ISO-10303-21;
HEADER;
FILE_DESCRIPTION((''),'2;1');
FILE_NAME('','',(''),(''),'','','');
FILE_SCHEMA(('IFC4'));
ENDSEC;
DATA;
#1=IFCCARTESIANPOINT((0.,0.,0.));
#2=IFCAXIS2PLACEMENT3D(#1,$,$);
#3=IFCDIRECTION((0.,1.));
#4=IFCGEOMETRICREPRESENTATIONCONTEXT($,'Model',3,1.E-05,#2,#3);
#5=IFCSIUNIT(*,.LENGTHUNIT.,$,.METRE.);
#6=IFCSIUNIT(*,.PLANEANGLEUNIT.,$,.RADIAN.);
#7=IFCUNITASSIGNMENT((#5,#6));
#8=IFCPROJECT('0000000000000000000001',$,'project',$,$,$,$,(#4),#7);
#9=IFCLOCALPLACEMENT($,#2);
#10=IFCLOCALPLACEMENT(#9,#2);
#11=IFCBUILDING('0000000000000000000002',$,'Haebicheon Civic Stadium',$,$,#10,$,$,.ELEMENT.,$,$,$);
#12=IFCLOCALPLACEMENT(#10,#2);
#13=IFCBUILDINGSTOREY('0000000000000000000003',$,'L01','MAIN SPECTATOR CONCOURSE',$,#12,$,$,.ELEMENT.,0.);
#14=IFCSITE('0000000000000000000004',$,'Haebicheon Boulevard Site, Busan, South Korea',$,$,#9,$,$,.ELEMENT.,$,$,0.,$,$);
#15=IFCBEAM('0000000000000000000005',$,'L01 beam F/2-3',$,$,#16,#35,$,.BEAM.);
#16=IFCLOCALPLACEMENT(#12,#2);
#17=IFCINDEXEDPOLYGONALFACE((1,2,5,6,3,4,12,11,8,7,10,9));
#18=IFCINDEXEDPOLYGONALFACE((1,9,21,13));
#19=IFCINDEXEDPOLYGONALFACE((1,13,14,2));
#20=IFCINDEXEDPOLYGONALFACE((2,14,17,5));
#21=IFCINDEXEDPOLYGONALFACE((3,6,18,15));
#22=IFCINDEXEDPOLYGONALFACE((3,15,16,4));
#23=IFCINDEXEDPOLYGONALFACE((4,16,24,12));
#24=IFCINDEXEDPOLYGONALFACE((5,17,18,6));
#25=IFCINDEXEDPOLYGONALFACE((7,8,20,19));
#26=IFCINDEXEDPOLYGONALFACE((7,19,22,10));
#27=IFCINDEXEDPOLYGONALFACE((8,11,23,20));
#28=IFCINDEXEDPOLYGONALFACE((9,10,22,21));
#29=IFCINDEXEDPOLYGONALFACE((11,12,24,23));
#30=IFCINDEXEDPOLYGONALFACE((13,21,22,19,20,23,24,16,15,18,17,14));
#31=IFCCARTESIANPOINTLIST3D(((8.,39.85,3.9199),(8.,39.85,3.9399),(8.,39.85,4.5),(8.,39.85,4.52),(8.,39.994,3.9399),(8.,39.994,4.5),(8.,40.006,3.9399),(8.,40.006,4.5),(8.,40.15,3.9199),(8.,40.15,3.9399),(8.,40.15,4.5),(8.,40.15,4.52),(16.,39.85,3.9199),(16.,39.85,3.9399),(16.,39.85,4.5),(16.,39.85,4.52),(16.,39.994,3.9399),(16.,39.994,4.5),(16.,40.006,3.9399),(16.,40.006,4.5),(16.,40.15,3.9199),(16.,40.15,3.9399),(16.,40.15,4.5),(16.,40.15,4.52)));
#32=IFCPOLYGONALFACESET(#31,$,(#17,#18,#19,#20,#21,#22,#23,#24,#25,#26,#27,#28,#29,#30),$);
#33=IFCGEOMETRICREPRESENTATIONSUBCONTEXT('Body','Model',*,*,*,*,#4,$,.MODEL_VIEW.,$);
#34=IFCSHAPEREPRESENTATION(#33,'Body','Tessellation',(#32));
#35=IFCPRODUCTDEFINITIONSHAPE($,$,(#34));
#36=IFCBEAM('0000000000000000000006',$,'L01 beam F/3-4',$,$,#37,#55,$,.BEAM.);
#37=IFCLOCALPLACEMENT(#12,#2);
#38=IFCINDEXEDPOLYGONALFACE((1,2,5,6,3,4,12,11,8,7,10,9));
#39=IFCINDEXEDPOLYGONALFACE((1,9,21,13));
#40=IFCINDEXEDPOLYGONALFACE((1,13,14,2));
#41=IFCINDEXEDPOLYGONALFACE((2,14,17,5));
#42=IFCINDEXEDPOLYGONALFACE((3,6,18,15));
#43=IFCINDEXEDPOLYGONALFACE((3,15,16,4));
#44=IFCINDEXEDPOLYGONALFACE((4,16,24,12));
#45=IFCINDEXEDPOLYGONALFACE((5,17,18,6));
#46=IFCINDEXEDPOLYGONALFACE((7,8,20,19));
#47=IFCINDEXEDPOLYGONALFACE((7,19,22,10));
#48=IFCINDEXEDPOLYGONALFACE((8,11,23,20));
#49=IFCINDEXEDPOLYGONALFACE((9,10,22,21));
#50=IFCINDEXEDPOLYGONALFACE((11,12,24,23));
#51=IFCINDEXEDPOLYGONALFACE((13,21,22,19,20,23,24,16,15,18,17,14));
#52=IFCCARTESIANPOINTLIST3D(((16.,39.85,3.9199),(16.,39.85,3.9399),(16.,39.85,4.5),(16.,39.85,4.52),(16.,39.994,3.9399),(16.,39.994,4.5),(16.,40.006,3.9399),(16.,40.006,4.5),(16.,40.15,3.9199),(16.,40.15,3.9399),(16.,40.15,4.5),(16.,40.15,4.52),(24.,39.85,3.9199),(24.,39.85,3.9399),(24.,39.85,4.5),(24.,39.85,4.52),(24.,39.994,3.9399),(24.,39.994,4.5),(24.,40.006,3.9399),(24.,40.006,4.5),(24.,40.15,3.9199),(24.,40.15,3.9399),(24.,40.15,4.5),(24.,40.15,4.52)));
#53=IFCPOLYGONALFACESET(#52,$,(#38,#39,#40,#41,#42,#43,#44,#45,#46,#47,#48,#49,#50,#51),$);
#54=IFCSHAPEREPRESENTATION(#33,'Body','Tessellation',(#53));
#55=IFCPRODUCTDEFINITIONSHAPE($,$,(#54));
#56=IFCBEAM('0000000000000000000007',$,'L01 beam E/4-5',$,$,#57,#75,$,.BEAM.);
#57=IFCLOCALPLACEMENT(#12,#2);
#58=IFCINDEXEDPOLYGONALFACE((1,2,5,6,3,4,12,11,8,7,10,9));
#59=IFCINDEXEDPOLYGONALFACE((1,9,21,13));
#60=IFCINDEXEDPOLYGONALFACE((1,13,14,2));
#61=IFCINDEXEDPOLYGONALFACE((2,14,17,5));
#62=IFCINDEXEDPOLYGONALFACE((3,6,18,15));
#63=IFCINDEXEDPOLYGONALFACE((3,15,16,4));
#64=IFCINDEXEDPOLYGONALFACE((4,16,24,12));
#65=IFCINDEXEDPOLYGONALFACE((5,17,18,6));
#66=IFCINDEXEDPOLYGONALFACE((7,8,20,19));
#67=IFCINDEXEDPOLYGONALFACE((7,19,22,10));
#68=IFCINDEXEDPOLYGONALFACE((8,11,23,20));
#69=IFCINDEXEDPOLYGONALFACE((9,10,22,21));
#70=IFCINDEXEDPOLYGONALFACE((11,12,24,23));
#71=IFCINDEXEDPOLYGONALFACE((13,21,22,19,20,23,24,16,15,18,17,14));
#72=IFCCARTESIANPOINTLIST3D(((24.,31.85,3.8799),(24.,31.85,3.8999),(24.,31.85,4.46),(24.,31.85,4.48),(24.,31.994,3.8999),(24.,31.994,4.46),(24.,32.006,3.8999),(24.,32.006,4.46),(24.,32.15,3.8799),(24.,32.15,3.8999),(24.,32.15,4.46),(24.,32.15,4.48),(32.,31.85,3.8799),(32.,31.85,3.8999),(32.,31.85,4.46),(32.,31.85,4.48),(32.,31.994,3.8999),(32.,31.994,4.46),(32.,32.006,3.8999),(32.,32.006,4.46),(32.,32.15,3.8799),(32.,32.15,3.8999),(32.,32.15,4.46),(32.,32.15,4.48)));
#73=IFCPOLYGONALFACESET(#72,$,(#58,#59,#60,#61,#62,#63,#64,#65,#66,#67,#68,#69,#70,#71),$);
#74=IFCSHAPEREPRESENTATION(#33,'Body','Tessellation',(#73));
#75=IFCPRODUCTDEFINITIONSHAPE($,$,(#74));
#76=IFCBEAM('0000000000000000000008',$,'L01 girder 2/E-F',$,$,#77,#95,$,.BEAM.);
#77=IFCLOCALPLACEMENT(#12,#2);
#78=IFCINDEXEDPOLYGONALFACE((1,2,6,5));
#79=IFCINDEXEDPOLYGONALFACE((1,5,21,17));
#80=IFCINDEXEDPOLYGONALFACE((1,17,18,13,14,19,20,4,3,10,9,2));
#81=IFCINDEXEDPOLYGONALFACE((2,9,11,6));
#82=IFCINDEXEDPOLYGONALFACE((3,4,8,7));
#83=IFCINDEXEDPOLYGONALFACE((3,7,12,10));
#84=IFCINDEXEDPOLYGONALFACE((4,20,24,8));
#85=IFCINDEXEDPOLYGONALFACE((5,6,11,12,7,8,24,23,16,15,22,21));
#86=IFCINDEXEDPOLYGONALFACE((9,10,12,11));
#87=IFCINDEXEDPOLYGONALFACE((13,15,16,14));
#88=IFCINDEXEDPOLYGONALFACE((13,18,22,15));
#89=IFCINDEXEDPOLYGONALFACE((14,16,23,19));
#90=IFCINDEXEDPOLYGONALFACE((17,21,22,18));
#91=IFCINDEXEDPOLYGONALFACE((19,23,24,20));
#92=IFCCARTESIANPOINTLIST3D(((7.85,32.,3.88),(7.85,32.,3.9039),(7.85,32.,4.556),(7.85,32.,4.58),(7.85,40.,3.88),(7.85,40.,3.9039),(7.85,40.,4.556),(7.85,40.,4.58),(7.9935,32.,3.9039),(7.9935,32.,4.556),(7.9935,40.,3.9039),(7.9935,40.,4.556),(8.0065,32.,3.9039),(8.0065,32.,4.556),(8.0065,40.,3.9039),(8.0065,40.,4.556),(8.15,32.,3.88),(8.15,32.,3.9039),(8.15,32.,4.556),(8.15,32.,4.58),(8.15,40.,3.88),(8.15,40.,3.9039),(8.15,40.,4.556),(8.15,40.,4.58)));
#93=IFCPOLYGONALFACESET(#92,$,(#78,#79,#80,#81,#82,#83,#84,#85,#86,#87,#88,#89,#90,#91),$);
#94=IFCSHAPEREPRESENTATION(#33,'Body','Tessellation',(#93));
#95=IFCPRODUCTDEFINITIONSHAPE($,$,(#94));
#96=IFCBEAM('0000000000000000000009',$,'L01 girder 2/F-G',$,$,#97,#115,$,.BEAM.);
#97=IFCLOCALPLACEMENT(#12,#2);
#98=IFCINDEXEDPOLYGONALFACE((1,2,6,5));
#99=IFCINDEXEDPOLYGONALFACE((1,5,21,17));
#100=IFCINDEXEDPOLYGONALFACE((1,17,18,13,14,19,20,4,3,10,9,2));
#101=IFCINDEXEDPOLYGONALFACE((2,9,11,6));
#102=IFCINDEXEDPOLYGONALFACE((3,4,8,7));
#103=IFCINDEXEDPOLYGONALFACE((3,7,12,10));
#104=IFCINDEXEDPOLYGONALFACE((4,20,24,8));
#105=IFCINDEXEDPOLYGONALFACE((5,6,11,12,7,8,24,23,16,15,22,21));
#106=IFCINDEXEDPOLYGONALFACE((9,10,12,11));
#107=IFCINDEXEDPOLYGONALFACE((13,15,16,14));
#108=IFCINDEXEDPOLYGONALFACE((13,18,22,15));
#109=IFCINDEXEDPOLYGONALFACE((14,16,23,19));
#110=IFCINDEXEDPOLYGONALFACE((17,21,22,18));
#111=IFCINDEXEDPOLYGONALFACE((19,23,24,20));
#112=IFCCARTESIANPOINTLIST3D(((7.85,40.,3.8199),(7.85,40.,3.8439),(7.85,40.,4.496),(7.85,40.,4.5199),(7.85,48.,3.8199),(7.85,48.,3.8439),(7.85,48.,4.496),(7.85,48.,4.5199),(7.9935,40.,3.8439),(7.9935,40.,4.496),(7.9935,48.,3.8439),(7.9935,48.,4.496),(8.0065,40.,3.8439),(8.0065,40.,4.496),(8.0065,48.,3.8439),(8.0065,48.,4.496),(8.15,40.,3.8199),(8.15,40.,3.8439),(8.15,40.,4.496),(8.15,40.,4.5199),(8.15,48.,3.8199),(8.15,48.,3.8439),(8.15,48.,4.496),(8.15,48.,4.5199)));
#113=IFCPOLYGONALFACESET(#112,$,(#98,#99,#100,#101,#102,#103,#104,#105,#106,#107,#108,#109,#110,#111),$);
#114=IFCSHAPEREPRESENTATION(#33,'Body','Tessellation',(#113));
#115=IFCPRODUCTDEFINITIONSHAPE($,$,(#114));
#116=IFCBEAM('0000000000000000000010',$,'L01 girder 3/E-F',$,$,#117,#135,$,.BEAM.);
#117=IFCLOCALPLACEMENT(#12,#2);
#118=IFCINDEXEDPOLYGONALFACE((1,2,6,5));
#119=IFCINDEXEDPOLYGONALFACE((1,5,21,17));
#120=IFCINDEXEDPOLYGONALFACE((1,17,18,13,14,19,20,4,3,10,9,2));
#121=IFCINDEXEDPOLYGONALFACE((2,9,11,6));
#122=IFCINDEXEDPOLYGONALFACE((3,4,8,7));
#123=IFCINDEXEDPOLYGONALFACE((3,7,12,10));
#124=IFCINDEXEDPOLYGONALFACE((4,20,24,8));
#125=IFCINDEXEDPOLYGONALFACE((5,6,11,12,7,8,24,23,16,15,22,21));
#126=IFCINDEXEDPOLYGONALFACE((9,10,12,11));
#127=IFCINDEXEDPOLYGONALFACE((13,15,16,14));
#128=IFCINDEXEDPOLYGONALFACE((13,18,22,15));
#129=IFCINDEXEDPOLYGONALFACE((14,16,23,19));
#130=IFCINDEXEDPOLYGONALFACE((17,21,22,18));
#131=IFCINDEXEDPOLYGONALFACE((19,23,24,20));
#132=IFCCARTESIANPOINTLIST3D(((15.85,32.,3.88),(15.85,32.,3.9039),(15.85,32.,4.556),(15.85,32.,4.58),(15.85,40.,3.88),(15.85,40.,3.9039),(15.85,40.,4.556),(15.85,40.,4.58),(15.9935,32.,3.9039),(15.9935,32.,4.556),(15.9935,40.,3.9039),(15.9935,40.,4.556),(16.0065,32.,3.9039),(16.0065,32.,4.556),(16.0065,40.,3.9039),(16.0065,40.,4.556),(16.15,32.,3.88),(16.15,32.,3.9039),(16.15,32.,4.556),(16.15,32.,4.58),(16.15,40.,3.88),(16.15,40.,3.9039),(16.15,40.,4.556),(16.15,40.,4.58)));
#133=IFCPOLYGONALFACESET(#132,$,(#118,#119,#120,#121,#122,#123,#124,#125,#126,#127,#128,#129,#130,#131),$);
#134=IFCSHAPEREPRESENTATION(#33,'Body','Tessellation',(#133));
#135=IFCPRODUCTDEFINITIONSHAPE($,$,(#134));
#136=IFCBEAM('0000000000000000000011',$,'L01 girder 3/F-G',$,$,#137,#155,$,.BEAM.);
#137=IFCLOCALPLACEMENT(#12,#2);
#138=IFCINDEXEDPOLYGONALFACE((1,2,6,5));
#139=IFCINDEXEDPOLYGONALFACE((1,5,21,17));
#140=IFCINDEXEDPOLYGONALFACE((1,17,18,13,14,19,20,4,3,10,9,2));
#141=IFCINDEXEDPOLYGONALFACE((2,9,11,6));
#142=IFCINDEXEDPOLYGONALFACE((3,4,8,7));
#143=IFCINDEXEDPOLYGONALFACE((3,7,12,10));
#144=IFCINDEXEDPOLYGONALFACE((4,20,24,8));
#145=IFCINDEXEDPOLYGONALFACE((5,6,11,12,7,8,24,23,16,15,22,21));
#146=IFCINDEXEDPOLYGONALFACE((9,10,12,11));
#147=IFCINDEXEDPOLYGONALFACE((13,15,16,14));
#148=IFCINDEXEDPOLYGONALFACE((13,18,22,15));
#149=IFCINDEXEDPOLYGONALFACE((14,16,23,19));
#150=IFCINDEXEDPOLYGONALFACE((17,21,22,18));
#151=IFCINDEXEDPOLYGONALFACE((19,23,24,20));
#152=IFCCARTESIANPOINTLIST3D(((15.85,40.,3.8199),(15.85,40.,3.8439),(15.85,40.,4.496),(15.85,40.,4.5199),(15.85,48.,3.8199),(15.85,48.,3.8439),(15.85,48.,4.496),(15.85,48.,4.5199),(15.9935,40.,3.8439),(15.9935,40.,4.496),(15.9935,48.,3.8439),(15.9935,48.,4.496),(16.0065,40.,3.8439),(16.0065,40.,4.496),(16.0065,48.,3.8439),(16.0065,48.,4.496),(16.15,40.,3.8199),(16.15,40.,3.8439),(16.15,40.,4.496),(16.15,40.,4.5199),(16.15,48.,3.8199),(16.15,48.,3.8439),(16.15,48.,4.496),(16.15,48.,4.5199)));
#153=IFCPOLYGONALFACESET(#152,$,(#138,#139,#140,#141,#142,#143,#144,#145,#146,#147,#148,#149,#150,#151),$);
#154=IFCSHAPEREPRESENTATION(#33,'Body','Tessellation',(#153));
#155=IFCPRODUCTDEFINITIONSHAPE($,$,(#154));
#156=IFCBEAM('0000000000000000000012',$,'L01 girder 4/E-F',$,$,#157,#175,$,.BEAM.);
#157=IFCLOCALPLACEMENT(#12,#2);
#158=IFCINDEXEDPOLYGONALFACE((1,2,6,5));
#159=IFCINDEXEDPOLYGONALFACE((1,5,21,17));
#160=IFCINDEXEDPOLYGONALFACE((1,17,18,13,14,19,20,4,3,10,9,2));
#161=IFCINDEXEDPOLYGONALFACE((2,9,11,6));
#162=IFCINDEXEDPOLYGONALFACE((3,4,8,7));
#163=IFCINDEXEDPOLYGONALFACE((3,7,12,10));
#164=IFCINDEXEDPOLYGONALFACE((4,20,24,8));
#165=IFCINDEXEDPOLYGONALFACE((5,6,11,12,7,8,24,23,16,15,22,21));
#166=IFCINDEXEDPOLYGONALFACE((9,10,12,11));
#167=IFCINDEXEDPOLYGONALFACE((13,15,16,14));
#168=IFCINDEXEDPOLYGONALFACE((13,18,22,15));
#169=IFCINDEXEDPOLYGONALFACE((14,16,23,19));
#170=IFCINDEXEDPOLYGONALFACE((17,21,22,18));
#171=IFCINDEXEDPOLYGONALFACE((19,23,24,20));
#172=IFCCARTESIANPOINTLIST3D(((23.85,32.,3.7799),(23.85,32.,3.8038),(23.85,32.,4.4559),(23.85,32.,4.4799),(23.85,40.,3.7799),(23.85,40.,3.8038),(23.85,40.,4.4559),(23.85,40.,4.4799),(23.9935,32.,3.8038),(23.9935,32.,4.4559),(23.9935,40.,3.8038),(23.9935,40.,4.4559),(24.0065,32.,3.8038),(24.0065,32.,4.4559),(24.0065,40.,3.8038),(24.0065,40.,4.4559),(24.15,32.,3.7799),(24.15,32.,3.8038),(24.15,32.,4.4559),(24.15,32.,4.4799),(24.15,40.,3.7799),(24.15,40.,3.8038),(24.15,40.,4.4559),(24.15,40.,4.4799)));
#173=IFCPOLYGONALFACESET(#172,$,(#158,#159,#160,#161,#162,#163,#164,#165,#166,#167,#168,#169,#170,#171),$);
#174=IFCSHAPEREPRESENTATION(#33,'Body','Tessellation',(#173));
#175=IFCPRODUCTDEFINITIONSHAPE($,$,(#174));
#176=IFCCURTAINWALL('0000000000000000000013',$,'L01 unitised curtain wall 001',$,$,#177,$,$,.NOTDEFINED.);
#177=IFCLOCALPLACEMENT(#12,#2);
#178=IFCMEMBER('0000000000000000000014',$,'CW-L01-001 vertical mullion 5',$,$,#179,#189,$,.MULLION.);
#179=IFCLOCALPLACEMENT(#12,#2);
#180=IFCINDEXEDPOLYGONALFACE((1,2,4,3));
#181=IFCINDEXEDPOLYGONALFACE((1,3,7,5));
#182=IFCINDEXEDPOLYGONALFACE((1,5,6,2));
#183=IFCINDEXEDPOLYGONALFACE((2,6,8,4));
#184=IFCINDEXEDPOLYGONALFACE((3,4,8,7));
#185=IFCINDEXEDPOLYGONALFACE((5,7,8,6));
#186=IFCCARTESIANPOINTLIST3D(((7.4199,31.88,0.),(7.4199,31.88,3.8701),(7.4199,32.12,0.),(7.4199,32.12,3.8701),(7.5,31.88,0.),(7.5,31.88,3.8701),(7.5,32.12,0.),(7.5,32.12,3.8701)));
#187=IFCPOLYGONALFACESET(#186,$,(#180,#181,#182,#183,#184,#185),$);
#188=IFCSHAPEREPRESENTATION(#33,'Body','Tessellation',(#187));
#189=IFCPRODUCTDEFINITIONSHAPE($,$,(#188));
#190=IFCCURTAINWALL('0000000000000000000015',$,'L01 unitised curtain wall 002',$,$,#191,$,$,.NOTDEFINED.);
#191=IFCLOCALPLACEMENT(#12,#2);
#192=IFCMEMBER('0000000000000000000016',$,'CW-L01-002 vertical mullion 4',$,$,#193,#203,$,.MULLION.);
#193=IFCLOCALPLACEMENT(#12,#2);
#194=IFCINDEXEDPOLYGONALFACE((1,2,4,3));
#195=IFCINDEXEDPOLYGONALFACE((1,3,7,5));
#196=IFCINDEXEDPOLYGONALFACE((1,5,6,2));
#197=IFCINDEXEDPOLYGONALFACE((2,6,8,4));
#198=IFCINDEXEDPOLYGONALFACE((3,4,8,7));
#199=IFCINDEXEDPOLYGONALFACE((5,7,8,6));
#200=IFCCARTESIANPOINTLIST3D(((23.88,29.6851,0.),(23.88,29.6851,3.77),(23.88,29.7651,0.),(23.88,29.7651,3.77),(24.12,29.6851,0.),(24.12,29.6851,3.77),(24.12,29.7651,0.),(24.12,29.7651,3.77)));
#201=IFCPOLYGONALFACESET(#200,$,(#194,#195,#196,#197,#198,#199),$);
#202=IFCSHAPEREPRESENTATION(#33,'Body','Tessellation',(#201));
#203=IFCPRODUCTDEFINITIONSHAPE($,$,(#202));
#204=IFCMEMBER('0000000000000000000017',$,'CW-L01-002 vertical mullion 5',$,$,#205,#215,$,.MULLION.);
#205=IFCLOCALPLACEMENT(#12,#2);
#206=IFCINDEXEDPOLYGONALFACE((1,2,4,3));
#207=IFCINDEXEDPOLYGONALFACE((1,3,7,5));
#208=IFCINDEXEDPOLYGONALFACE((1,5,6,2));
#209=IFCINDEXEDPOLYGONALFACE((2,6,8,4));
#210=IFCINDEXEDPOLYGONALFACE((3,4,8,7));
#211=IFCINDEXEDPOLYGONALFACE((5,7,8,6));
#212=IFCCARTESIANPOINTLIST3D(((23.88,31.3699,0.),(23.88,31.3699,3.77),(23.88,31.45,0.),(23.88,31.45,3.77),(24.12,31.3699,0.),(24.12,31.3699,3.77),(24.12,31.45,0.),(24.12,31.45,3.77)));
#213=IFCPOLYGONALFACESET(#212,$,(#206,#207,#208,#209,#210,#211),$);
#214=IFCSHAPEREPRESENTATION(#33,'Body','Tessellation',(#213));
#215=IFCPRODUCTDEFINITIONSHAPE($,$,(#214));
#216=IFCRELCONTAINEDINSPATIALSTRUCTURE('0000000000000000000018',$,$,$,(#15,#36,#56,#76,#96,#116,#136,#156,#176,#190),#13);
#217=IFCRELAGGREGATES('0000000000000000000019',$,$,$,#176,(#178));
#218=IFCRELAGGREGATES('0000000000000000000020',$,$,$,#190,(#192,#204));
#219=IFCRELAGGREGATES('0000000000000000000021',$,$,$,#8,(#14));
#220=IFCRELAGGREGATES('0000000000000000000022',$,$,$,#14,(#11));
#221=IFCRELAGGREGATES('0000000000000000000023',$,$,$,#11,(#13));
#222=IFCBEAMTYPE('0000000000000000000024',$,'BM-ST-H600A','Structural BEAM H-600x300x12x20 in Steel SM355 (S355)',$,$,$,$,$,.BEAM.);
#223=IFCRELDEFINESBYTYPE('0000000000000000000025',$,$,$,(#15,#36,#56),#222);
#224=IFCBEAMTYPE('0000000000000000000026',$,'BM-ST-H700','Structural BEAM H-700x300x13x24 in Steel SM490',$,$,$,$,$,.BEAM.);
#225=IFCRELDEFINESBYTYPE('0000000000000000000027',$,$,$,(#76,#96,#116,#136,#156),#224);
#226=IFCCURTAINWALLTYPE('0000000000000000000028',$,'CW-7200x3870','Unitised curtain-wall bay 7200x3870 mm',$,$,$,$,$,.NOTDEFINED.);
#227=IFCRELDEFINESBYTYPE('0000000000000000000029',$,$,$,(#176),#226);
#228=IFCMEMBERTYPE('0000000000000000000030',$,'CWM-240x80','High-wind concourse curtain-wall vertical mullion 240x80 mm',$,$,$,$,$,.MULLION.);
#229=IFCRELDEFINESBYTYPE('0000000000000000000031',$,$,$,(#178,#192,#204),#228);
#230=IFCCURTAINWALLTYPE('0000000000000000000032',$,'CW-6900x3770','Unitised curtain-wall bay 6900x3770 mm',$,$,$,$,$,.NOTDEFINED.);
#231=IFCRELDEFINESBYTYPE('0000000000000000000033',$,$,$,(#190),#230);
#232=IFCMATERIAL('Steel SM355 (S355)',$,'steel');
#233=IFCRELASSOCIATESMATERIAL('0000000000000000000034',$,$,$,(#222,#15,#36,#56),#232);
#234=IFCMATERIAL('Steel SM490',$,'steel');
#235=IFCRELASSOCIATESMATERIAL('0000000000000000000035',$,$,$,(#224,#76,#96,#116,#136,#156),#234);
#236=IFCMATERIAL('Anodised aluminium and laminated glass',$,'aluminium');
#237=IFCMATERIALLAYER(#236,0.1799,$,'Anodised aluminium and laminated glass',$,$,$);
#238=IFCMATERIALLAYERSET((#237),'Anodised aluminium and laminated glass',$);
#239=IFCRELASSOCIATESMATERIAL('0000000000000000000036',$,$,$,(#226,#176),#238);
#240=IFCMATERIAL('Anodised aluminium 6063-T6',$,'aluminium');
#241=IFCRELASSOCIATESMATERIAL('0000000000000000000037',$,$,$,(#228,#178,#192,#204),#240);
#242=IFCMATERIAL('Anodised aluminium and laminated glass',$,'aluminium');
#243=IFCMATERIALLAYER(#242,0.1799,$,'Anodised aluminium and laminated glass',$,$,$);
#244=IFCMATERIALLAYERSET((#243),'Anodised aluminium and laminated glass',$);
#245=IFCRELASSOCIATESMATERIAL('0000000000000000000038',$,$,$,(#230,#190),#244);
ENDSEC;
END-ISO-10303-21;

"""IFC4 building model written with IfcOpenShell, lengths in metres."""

from ifc_helpers import new_model, si_unit, direction, frame, origin, origin_2d, place, context, subcontext, project, spatial, rectangle, i_section, extrude, material, layer, layer_set, material_profile, profile_set, type_object, element, aggregate, save


model = new_model("IFC4")

# Units and contexts
model_context = context("Model", 3, precision=1e-05, world=origin(), true_north=direction((0.0, 1.0)))
body_context = subcontext(model_context, "Body", "Model", "MODEL_VIEW")
ifc_project = project(units=[si_unit("LENGTHUNIT", "METRE"), si_unit("PLANEANGLEUNIT", "RADIAN")], contexts=[model_context])

# Site, building, storey
site_placement = place(None, origin())
site = spatial("IfcSite", under=ifc_project, at=site_placement, Name="Haebicheon Boulevard Site, Busan, South Korea", CompositionType="ELEMENT", RefElevation=0.0)
building_placement = place(site_placement, origin())
building = spatial("IfcBuilding", under=site, at=building_placement, Name="Haebicheon Civic Stadium", CompositionType="ELEMENT")
storey_placement = place(building_placement, origin())
storey = spatial("IfcBuildingStorey", under=building, at=storey_placement, Name="L01", Description="MAIN SPECTATOR CONCOURSE", CompositionType="ELEMENT", Elevation=0.0)

# Beams
ifc_material_1 = material(Name="Steel SM355 (S355)", Category="steel")
ifc_material_profile_1 = material_profile(ifc_material_1, i_section(OverallWidth=0.3, OverallDepth=0.6001, WebThickness=0.012, FlangeThickness=0.02, at=origin_2d()), Name="H-600x300x12x20")
ifc_profile_set_1 = profile_set([ifc_material_profile_1], Name="Steel SM355 (S355)")
beam_type_1 = type_object("IfcBeamType", Name="BM-ST-H600A", Description="Structural BEAM H-600x300x12x20 in Steel SM355 (S355)", PredefinedType="BEAM", material=ifc_profile_set_1)
for number, where, z_axis, x_axis, name in (
    (1, (8.0, 40.0, 4.22), (1.0, 0.0, 0.0), (0.0, 1.0, 0.0), "L01 beam F/2-3"),
    (2, (16.0, 40.0, 4.22), (1.0, 0.0, 0.0), (0.0, 1.0, 0.0), "L01 beam F/3-4"),
    (3, (24.0, 32.0, 4.1799), (1.0, 0.0, 0.0), (0.0, 1.0, 0.0), "L01 beam E/4-5"),
):
    element("IfcBeam", number, at=place(storey_placement, frame(where, z_axis=z_axis, x_axis=x_axis)), inside=storey, type_object=beam_type_1, material=ifc_profile_set_1, Name=name, PredefinedType="BEAM", context=body_context, shape_type="SweptSolid", body=[
        extrude(i_section(OverallWidth=0.3, OverallDepth=0.6001, WebThickness=0.012, FlangeThickness=0.02, at=origin_2d()), origin(), (0.0, 0.0, 1.0), 8.0),
    ])
ifc_material_2 = material(Name="Steel SM490", Category="steel")
ifc_material_profile_2 = material_profile(ifc_material_2, i_section(OverallWidth=0.3, OverallDepth=0.7, WebThickness=0.0129, FlangeThickness=0.0239, at=origin_2d()), Name="H-700x300x13x24")
ifc_profile_set_2 = profile_set([ifc_material_profile_2], Name="Steel SM490")
beam_type_2 = type_object("IfcBeamType", Name="BM-ST-H700", Description="Structural BEAM H-700x300x13x24 in Steel SM490", PredefinedType="BEAM", material=ifc_profile_set_2)
for number, where, z_axis, x_axis, name in (
    (4, (8.0, 32.0, 4.23), (0.0, 1.0, 0.0), (-1.0, 0.0, 0.0), "L01 girder 2/E-F"),
    (5, (8.0, 40.0, 4.1699), (0.0, 1.0, 0.0), (-1.0, 0.0, 0.0), "L01 girder 2/F-G"),
    (6, (16.0, 32.0, 4.23), (0.0, 1.0, 0.0), (-1.0, 0.0, 0.0), "L01 girder 3/E-F"),
    (7, (16.0, 40.0, 4.1699), (0.0, 1.0, 0.0), (-1.0, 0.0, 0.0), "L01 girder 3/F-G"),
    (8, (24.0, 32.0, 4.1299), (0.0, 1.0, 0.0), (-1.0, 0.0, 0.0), "L01 girder 4/E-F"),
):
    element("IfcBeam", number, at=place(storey_placement, frame(where, z_axis=z_axis, x_axis=x_axis)), inside=storey, type_object=beam_type_2, material=ifc_profile_set_2, Name=name, PredefinedType="BEAM", context=body_context, shape_type="SweptSolid", body=[
        extrude(i_section(OverallWidth=0.3, OverallDepth=0.7, WebThickness=0.0129, FlangeThickness=0.0239, at=origin_2d()), origin(), (0.0, 0.0, 1.0), 8.0),
    ])

# Curtain wall, member
ifc_material_3 = material(Name="Anodised aluminium and laminated glass", Category="aluminium")
ifc_layer_1 = layer(ifc_material_3, 0.1799, Name="Anodised aluminium and laminated glass")
ifc_layer_set_1 = layer_set([ifc_layer_1], Name="Anodised aluminium and laminated glass")
curtain_wall_type_1 = type_object("IfcCurtainWallType", Name="CW-7200x3870", Description="Unitised curtain-wall bay 7200x3870 mm", PredefinedType="NOTDEFINED", material=ifc_layer_set_1)
curtain_wall_1_placement = place(storey_placement, origin())
curtain_wall_1 = element("IfcCurtainWall", 9, at=curtain_wall_1_placement, inside=storey, type_object=curtain_wall_type_1, material=ifc_layer_set_1, Name="L01 unitised curtain wall 001", PredefinedType="NOTDEFINED")
ifc_material_4 = material(Name="Anodised aluminium 6063-T6", Category="aluminium")
ifc_material_profile_3 = material_profile(ifc_material_4, rectangle(XDim=0.0801, YDim=0.24, at=origin_2d()), Name="ALU-MULL-80x240")
ifc_profile_set_3 = profile_set([ifc_material_profile_3], Name="Anodised aluminium 6063-T6")
member_type_1 = type_object("IfcMemberType", Name="CWM-240x80", Description="High-wind concourse curtain-wall vertical mullion 240x80 mm", PredefinedType="MULLION", material=ifc_profile_set_3)
member_1_placement = place(storey_placement, frame((7.46, 32.0, 0.0), z_axis=(0.0, 0.0, 1.0), x_axis=(1.0, 0.0, 0.0)))
member_1 = element("IfcMember", 10, at=member_1_placement, type_object=member_type_1, material=ifc_profile_set_3, Name="CW-L01-001 vertical mullion 5", PredefinedType="MULLION", context=body_context, shape_type="SweptSolid", body=[
    extrude(rectangle(XDim=0.0801, YDim=0.24, at=origin_2d()), origin(), (0.0, 0.0, 1.0), 3.8701),
])

# Curtain wall, members
ifc_material_5 = material(Name="Anodised aluminium and laminated glass", Category="aluminium")
ifc_layer_2 = layer(ifc_material_5, 0.1799, Name="Anodised aluminium and laminated glass")
ifc_layer_set_2 = layer_set([ifc_layer_2], Name="Anodised aluminium and laminated glass")
curtain_wall_type_2 = type_object("IfcCurtainWallType", Name="CW-6900x3770", Description="Unitised curtain-wall bay 6900x3770 mm", PredefinedType="NOTDEFINED", material=ifc_layer_set_2)
curtain_wall_2_placement = place(storey_placement, origin())
curtain_wall_2 = element("IfcCurtainWall", 11, at=curtain_wall_2_placement, inside=storey, type_object=curtain_wall_type_2, material=ifc_layer_set_2, Name="L01 unitised curtain wall 002", PredefinedType="NOTDEFINED")
member_2_placement = place(storey_placement, frame((24.0, 29.7251, 0.0), z_axis=(0.0, 0.0, 1.0), x_axis=(0.0, 1.0, 0.0)))
member_2 = element("IfcMember", 12, at=member_2_placement, type_object=member_type_1, material=ifc_profile_set_3, Name="CW-L01-002 vertical mullion 4", PredefinedType="MULLION", context=body_context, shape_type="SweptSolid", body=[
    extrude(rectangle(XDim=0.0801, YDim=0.24, at=origin_2d()), origin(), (0.0, 0.0, 1.0), 3.77),
])
member_3_placement = place(storey_placement, frame((24.0, 31.4099, 0.0), z_axis=(0.0, 0.0, 1.0), x_axis=(0.0, 1.0, 0.0)))
member_3 = element("IfcMember", 13, at=member_3_placement, type_object=member_type_1, material=ifc_profile_set_3, Name="CW-L01-002 vertical mullion 5", PredefinedType="MULLION", context=body_context, shape_type="SweptSolid", body=[
    extrude(rectangle(XDim=0.0801, YDim=0.24, at=origin_2d()), origin(), (0.0, 0.0, 1.0), 3.77),
])

aggregate(curtain_wall_1, [member_1])
aggregate(curtain_wall_2, [member_2, member_3])

save(model, "model.ifc")
